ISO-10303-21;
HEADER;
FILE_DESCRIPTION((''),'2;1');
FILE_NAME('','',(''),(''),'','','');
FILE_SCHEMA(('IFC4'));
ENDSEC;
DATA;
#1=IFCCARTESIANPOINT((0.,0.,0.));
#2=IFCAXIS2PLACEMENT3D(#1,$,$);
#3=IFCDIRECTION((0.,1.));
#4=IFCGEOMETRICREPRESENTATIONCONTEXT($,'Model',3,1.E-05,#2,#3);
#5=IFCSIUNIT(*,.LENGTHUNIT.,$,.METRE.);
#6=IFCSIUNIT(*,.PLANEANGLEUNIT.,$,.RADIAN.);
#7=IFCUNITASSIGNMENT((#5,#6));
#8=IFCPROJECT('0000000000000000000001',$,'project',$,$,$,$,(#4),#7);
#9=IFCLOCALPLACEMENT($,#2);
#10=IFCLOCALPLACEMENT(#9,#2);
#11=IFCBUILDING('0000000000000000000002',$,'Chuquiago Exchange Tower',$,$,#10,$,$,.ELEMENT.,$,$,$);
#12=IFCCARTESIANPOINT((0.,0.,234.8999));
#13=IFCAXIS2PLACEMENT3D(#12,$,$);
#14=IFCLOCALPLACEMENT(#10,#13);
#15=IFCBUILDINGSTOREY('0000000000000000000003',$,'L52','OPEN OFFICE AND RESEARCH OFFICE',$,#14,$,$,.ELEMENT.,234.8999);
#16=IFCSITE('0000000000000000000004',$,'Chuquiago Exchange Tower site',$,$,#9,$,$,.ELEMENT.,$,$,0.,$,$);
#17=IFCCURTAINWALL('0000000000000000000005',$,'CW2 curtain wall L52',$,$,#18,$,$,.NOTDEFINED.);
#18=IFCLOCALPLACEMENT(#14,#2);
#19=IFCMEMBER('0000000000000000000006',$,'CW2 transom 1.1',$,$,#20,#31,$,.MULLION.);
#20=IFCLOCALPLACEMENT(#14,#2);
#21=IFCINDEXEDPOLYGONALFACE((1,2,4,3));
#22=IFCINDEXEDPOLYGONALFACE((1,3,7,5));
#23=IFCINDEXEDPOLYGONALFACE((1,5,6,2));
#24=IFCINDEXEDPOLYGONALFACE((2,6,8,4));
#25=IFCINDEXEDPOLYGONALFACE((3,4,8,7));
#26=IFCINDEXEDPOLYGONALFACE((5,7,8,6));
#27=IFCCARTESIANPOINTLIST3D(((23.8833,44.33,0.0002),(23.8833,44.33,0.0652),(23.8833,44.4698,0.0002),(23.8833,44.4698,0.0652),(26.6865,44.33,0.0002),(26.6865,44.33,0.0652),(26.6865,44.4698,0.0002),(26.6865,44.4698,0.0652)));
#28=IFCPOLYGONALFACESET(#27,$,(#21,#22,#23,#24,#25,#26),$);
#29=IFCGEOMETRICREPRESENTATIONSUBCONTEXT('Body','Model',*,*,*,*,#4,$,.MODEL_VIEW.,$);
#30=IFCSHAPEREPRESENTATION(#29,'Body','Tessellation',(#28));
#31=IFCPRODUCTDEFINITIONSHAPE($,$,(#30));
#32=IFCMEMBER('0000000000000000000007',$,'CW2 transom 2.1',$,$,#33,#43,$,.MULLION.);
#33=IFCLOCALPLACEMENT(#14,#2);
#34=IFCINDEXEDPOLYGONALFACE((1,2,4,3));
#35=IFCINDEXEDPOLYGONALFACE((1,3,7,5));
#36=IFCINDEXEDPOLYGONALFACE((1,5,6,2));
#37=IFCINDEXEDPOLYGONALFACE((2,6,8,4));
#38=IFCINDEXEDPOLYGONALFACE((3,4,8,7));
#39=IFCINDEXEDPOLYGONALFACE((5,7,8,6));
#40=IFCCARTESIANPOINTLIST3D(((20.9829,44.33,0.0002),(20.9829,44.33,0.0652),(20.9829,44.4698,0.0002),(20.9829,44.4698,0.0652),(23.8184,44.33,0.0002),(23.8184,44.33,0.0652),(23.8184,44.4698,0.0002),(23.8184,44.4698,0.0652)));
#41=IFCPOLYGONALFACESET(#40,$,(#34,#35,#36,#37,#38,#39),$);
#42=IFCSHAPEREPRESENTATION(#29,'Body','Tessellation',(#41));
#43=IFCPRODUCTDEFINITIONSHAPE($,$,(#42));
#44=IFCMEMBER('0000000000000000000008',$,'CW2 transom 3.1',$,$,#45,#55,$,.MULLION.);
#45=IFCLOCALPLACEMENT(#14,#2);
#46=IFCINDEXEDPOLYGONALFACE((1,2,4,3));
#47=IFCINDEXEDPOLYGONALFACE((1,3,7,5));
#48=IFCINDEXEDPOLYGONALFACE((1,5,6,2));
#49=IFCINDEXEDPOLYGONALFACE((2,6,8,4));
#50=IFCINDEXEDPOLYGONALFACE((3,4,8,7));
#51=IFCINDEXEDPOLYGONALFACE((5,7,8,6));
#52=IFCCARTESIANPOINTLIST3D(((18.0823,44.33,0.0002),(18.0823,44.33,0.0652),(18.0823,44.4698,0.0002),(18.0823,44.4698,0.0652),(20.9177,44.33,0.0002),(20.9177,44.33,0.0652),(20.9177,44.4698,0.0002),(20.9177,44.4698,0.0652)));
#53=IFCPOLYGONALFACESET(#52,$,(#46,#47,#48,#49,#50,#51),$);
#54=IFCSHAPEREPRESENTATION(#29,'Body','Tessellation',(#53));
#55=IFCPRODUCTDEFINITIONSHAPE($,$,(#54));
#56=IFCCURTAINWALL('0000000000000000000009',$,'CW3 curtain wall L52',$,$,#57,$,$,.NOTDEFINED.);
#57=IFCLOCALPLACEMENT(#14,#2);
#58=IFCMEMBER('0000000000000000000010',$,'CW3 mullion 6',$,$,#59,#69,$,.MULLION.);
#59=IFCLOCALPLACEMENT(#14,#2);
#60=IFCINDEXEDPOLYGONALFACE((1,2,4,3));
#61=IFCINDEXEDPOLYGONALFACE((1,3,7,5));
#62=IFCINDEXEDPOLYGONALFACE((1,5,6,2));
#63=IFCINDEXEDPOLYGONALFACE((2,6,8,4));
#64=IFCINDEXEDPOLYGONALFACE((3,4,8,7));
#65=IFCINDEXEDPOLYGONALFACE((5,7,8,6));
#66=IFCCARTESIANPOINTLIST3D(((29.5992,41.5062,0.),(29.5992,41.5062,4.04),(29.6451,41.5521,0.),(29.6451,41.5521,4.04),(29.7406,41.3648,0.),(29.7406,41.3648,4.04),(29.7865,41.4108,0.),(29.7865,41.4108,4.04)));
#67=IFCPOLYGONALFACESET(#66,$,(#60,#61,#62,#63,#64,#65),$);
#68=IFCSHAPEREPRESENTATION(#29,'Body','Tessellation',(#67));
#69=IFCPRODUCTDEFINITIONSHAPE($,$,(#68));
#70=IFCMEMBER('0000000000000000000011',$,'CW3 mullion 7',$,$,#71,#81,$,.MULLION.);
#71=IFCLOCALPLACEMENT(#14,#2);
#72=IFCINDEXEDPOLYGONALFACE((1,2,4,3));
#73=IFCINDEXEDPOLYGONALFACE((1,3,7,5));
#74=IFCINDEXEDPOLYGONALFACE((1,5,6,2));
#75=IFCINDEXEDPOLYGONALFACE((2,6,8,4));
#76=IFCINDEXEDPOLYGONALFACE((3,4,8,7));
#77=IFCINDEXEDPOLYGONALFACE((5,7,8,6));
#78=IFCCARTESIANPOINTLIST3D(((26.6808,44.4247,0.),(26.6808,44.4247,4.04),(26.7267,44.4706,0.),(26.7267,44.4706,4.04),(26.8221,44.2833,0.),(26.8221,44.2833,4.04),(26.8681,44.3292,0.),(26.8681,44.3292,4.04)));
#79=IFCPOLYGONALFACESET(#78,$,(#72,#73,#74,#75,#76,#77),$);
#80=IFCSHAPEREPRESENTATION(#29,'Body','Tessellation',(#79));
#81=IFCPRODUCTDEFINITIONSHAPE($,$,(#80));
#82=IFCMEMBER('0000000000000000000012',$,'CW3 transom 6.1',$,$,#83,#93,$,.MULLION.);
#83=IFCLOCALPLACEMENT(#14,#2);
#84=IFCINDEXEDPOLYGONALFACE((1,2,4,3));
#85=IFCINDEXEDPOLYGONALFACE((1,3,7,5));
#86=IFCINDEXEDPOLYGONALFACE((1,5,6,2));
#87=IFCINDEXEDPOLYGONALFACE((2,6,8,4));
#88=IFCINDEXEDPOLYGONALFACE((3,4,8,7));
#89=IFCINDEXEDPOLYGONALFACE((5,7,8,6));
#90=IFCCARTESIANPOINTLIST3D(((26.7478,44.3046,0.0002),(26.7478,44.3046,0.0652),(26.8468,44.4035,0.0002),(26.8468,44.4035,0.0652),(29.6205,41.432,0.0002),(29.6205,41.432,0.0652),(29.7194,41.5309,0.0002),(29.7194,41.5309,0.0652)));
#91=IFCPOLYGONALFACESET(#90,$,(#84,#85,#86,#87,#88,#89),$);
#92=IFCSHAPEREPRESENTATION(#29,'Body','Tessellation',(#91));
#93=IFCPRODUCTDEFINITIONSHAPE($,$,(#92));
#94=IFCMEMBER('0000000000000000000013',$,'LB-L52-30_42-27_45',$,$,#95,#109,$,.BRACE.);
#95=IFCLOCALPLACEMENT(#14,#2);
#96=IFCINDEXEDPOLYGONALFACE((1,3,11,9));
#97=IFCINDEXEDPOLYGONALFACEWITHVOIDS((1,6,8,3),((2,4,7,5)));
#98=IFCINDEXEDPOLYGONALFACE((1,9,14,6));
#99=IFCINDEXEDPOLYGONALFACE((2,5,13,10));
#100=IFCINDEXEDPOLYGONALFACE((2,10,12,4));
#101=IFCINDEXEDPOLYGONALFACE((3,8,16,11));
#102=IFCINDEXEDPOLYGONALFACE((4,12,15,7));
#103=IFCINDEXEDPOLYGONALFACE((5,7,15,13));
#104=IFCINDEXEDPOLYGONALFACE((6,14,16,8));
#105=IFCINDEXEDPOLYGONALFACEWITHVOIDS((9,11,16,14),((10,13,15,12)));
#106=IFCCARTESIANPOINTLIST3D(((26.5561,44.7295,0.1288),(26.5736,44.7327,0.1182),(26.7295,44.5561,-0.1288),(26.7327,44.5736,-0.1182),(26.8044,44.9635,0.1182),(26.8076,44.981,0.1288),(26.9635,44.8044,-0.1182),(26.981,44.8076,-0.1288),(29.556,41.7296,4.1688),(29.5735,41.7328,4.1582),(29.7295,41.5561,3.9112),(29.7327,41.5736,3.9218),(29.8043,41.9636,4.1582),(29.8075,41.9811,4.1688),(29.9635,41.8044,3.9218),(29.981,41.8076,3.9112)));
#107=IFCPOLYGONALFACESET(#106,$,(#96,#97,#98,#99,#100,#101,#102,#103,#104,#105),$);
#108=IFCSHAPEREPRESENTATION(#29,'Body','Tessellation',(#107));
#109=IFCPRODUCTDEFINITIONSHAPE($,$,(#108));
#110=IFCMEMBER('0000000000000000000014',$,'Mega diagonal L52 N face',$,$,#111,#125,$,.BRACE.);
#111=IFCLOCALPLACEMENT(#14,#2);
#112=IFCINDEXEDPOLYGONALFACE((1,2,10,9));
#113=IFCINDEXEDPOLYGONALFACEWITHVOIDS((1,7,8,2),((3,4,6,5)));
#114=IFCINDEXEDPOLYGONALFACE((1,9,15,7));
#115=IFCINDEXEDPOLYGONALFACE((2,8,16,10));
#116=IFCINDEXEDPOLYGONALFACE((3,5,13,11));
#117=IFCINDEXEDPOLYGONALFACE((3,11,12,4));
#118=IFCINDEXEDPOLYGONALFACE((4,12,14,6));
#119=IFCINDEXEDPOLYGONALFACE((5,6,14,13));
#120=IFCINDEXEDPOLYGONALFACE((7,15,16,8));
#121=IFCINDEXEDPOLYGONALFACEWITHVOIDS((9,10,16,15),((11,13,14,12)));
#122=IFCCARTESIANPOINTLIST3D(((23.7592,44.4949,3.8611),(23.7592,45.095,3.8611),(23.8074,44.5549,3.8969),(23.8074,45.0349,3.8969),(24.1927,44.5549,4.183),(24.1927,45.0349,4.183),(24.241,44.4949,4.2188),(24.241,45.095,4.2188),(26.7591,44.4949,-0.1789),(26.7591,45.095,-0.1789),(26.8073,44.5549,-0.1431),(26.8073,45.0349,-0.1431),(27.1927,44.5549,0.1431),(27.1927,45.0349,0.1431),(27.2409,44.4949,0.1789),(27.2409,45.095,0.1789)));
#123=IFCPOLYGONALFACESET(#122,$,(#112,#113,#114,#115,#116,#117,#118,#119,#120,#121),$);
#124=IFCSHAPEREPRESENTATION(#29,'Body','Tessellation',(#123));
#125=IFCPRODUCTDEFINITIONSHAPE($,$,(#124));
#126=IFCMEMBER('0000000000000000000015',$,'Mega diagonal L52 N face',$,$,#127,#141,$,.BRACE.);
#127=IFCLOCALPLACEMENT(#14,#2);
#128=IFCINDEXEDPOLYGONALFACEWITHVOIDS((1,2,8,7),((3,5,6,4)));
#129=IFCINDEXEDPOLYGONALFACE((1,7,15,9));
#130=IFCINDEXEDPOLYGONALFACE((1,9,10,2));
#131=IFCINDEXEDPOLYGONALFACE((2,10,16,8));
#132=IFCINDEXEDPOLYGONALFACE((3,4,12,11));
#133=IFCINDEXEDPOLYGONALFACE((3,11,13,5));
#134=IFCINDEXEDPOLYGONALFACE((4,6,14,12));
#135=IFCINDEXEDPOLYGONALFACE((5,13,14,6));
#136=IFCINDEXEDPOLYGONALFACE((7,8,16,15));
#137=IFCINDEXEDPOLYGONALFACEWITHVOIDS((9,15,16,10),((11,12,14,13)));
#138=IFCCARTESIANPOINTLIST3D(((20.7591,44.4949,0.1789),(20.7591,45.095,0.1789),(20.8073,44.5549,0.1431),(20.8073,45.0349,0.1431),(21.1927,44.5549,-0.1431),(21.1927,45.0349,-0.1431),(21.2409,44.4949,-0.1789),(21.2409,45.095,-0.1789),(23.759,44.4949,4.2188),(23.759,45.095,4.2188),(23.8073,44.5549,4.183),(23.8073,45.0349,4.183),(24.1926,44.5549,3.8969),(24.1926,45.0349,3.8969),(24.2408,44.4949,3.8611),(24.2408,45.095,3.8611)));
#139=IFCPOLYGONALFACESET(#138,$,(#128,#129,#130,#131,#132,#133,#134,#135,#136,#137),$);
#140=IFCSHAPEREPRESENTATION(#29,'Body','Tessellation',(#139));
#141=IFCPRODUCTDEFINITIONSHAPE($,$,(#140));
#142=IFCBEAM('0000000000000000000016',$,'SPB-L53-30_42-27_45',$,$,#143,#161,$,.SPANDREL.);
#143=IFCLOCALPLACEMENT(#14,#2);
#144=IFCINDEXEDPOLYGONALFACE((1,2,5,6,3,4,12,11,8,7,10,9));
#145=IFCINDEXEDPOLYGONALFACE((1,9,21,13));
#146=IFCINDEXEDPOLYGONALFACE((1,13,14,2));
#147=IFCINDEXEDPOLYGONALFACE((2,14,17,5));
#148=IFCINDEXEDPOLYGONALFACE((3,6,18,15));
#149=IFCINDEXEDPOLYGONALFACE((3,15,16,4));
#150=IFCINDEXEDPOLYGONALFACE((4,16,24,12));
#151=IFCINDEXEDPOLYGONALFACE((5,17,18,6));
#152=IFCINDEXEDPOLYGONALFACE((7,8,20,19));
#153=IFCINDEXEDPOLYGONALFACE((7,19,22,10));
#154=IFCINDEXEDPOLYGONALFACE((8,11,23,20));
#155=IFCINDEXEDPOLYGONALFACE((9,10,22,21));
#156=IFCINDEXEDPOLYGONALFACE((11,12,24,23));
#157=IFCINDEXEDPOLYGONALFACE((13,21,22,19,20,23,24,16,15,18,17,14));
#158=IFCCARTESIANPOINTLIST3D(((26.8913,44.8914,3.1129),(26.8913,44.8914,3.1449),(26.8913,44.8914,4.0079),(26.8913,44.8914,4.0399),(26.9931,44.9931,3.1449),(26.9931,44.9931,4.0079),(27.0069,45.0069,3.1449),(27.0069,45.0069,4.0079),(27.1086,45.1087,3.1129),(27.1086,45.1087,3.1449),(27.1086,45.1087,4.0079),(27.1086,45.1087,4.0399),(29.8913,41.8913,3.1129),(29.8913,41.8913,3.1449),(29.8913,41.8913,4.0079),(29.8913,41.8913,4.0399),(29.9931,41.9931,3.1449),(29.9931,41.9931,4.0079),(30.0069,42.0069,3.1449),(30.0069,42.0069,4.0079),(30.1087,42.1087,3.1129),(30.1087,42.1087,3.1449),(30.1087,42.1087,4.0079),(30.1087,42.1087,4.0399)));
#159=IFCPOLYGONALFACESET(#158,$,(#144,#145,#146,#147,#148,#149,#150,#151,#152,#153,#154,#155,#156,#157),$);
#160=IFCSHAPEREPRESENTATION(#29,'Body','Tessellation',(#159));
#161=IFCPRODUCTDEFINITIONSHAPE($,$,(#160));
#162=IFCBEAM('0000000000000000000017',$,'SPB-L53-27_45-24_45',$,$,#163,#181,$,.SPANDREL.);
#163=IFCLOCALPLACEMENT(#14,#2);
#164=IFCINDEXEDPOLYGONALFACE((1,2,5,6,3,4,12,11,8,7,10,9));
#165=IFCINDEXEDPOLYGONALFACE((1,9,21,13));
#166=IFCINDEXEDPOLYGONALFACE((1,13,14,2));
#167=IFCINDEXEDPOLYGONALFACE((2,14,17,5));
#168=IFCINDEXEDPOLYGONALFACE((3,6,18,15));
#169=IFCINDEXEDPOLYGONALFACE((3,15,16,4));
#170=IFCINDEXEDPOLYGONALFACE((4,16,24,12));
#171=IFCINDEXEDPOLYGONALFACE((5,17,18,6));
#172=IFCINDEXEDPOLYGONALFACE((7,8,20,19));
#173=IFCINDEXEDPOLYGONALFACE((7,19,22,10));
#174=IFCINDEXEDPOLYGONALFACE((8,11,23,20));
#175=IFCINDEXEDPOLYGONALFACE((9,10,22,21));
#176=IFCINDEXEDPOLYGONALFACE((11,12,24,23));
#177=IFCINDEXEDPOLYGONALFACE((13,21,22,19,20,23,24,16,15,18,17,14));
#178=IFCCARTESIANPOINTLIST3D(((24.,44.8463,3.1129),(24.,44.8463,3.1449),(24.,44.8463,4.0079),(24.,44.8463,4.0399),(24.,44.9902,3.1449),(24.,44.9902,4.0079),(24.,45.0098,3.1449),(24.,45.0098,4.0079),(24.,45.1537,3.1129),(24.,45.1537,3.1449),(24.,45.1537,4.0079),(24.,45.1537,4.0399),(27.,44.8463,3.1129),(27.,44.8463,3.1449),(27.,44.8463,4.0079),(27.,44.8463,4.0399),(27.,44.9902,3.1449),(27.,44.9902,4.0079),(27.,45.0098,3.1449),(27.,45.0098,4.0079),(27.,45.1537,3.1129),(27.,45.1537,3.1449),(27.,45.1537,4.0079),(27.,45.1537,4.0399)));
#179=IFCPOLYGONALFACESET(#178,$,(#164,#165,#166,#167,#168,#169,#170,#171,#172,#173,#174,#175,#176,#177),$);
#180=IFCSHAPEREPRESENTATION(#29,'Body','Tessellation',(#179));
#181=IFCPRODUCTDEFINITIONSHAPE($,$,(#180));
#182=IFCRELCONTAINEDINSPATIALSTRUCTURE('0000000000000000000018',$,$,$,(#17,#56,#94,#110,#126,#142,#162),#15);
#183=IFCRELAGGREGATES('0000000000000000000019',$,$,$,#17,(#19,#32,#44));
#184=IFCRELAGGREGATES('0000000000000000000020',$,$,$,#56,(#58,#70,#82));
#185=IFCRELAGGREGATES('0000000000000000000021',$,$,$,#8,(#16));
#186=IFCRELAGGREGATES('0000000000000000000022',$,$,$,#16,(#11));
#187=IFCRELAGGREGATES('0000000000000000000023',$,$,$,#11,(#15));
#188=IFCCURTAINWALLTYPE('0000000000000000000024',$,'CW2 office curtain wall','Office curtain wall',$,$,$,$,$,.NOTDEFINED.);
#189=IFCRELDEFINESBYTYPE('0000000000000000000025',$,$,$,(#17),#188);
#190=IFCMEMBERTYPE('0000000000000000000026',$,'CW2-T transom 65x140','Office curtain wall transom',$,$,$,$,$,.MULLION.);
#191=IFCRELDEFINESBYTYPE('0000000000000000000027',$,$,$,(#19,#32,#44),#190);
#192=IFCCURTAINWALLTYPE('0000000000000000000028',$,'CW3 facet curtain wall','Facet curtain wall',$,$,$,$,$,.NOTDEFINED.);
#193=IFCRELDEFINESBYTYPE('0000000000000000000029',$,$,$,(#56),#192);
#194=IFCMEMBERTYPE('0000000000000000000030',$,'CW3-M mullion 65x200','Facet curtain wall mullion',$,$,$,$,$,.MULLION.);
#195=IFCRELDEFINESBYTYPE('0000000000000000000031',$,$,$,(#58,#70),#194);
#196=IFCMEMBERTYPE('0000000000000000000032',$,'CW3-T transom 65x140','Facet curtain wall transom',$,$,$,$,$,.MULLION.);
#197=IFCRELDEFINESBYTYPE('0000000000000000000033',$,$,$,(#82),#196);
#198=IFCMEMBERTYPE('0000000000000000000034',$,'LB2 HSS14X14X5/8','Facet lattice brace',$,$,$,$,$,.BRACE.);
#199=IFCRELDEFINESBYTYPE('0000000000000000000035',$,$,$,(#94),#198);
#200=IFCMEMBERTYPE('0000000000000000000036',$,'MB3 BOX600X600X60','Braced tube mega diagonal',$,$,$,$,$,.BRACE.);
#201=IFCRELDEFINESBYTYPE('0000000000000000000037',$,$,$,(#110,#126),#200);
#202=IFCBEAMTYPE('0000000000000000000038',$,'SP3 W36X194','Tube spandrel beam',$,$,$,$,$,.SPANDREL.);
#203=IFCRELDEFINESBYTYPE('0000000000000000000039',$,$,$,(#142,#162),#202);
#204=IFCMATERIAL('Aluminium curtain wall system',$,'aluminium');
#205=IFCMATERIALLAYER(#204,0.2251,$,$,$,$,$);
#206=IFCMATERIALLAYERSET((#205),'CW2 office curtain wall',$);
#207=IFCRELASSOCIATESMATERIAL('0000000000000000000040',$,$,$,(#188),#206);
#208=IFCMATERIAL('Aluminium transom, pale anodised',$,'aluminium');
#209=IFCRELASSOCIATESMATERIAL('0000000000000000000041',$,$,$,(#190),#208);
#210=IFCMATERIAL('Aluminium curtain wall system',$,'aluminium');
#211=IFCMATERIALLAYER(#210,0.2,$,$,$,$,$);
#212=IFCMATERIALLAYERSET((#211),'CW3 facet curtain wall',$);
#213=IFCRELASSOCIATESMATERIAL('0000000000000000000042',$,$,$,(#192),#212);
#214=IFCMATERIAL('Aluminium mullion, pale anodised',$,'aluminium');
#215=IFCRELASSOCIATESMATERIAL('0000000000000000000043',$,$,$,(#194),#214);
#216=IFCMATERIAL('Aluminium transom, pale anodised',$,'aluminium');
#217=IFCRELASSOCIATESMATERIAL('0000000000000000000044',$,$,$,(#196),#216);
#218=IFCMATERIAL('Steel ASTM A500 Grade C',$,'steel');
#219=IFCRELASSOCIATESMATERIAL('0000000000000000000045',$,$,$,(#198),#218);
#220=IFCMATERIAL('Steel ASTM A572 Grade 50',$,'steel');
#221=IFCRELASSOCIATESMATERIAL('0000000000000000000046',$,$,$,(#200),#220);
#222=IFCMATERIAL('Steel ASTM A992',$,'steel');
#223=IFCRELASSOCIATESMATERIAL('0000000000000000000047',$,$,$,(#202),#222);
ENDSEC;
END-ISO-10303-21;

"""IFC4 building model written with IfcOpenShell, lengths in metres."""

from ifc_helpers import new_model, si_unit, direction, frame, origin, origin_2d, place, context, subcontext, project, spatial, rectangle, hollow_rectangle, i_section, extrude, material, layer, layer_set, material_profile, profile_set, type_object, element, aggregate, save


model = new_model("IFC4")

# Units and contexts
model_context = context("Model", 3, precision=1e-05, world=origin(), true_north=direction((0.0, 1.0)))
body_context = subcontext(model_context, "Body", "Model", "MODEL_VIEW")
ifc_project = project(units=[si_unit("LENGTHUNIT", "METRE"), si_unit("PLANEANGLEUNIT", "RADIAN")], contexts=[model_context])

# Site, building, storey
site_placement = place(None, origin())
site = spatial("IfcSite", under=ifc_project, at=site_placement, Name="Chuquiago Exchange Tower site", CompositionType="ELEMENT", RefElevation=0.0)
building_placement = place(site_placement, origin())
building = spatial("IfcBuilding", under=site, at=building_placement, Name="Chuquiago Exchange Tower", CompositionType="ELEMENT")
storey_placement = place(building_placement, frame((0.0, 0.0, 234.8999)))
storey = spatial("IfcBuildingStorey", under=building, at=storey_placement, Name="L52", Description="OPEN OFFICE AND RESEARCH OFFICE", CompositionType="ELEMENT", Elevation=234.8999)

# Curtain walls, members
ifc_material_1 = material(Name="Aluminium curtain wall system", Category="aluminium")
ifc_layer_1 = layer(ifc_material_1, 0.2251)
ifc_layer_set_1 = layer_set([ifc_layer_1], Name="CW2 office curtain wall")
curtain_wall_type_1 = type_object("IfcCurtainWallType", Name="CW2 office curtain wall", Description="Office curtain wall", PredefinedType="NOTDEFINED", material=ifc_layer_set_1)
curtain_wall_1_placement = place(storey_placement, origin())
curtain_wall_1 = element("IfcCurtainWall", 1, at=curtain_wall_1_placement, inside=storey, type_object=curtain_wall_type_1, Name="CW2 curtain wall L52", PredefinedType="NOTDEFINED")
ifc_material_2 = material(Name="Aluminium transom, pale anodised", Category="aluminium")
ifc_material_profile_1 = material_profile(ifc_material_2, rectangle(XDim=0.1399, YDim=0.0649, at=origin_2d()), Name="AL 140x65")
ifc_profile_set_1 = profile_set([ifc_material_profile_1], Name="Aluminium transom, pale anodised")
member_type_1 = type_object("IfcMemberType", Name="CW2-T transom 65x140", Description="Office curtain wall transom", PredefinedType="MULLION", material=ifc_profile_set_1)
member_1_placement = place(storey_placement, frame((26.6865, 44.3999, 0.0327), z_axis=(-1.0, 0.0, 0.0), x_axis=(0.0, -1.0, 0.0)))
member_1 = element("IfcMember", 2, at=member_1_placement, type_object=member_type_1, Name="CW2 transom 1.1", PredefinedType="MULLION", context=body_context, shape_type="SweptSolid", body=[
    extrude(rectangle(XDim=0.1399, YDim=0.0649, at=origin_2d()), origin(), (0.0, 0.0, 1.0), 2.8032),
])
member_2_placement = place(storey_placement, frame((23.8184, 44.3999, 0.0327), z_axis=(-1.0, 0.0, 0.0), x_axis=(0.0, -1.0, 0.0)))
member_2 = element("IfcMember", 3, at=member_2_placement, type_object=member_type_1, Name="CW2 transom 2.1", PredefinedType="MULLION", context=body_context, shape_type="SweptSolid", body=[
    extrude(rectangle(XDim=0.1399, YDim=0.0649, at=origin_2d()), origin(), (0.0, 0.0, 1.0), 2.8354),
])
member_3_placement = place(storey_placement, frame((20.9177, 44.3999, 0.0327), z_axis=(-1.0, 0.0, 0.0), x_axis=(0.0, -1.0, 0.0)))
member_3 = element("IfcMember", 4, at=member_3_placement, type_object=member_type_1, Name="CW2 transom 3.1", PredefinedType="MULLION", context=body_context, shape_type="SweptSolid", body=[
    extrude(rectangle(XDim=0.1399, YDim=0.0649, at=origin_2d()), origin(), (0.0, 0.0, 1.0), 2.8354),
])
ifc_material_3 = material(Name="Aluminium curtain wall system", Category="aluminium")
ifc_layer_2 = layer(ifc_material_3, 0.2)
ifc_layer_set_2 = layer_set([ifc_layer_2], Name="CW3 facet curtain wall")
curtain_wall_type_2 = type_object("IfcCurtainWallType", Name="CW3 facet curtain wall", Description="Facet curtain wall", PredefinedType="NOTDEFINED", material=ifc_layer_set_2)
curtain_wall_2_placement = place(storey_placement, origin())
curtain_wall_2 = element("IfcCurtainWall", 5, at=curtain_wall_2_placement, inside=storey, type_object=curtain_wall_type_2, Name="CW3 curtain wall L52", PredefinedType="NOTDEFINED")
ifc_material_4 = material(Name="Aluminium mullion, pale anodised", Category="aluminium")
ifc_material_profile_2 = material_profile(ifc_material_4, rectangle(XDim=0.0649, YDim=0.2, at=origin_2d()), Name="AL 65x200")
ifc_profile_set_2 = profile_set([ifc_material_profile_2], Name="Aluminium mullion, pale anodised")
member_type_2 = type_object("IfcMemberType", Name="CW3-M mullion 65x200", Description="Facet curtain wall mullion", PredefinedType="MULLION", material=ifc_profile_set_2)
member_4_placement = place(storey_placement, frame((29.6929, 41.4585, 0.0), z_axis=(0.0, 0.0, 1.0), x_axis=(-0.707107, -0.707107, 0.0)))
member_4 = element("IfcMember", 6, at=member_4_placement, type_object=member_type_2, Name="CW3 mullion 6", PredefinedType="MULLION", context=body_context, shape_type="SweptSolid", body=[
    extrude(rectangle(XDim=0.0649, YDim=0.2, at=origin_2d()), origin(), (0.0, 0.0, 1.0), 4.04),
])
member_5_placement = place(storey_placement, frame((26.7744, 44.377, 0.0), z_axis=(0.0, 0.0, 1.0), x_axis=(-0.707107, -0.707107, 0.0)))
member_5 = element("IfcMember", 7, at=member_5_placement, type_object=member_type_2, Name="CW3 mullion 7", PredefinedType="MULLION", context=body_context, shape_type="SweptSolid", body=[
    extrude(rectangle(XDim=0.0649, YDim=0.2, at=origin_2d()), origin(), (0.0, 0.0, 1.0), 4.04),
])
ifc_material_5 = material(Name="Aluminium transom, pale anodised", Category="aluminium")
ifc_material_profile_3 = material_profile(ifc_material_5, rectangle(XDim=0.1399, YDim=0.0649, at=origin_2d()), Name="AL 140x65")
ifc_profile_set_3 = profile_set([ifc_material_profile_3], Name="Aluminium transom, pale anodised")
member_type_3 = type_object("IfcMemberType", Name="CW3-T transom 65x140", Description="Facet curtain wall transom", PredefinedType="MULLION", material=ifc_profile_set_3)
member_6_placement = place(storey_placement, frame((29.6699, 41.4814, 0.0327), z_axis=(-0.707107, 0.707107, 0.0), x_axis=(-0.707107, -0.707107, 0.0)))
member_6 = element("IfcMember", 8, at=member_6_placement, type_object=member_type_3, Name="CW3 transom 6.1", PredefinedType="MULLION", context=body_context, shape_type="SweptSolid", body=[
    extrude(rectangle(XDim=0.1399, YDim=0.0649, at=origin_2d()), origin(), (0.0, 0.0, 1.0), 4.0625),
])

# Members
ifc_material_6 = material(Name="Steel ASTM A500 Grade C", Category="steel")
ifc_material_profile_4 = material_profile(ifc_material_6, hollow_rectangle(XDim=0.3557, YDim=0.3557, WallThickness=0.0146, at=origin_2d()), Name="HSS14X14X5/8")
ifc_profile_set_4 = profile_set([ifc_material_profile_4], Name="Steel ASTM A500 Grade C")
member_type_4 = type_object("IfcMemberType", Name="LB2 HSS14X14X5/8", Description="Facet lattice brace", PredefinedType="BRACE", material=ifc_profile_set_4)
member_7_placement = place(storey_placement, frame((26.7686, 44.7686, 0.0), z_axis=(0.512077, -0.512077, 0.689604), x_axis=(0.707107, 0.707107, 0.0)))
element("IfcMember", 9, at=member_7_placement, inside=storey, type_object=member_type_4, Name="LB-L52-30_42-27_45", PredefinedType="BRACE", context=body_context, shape_type="SweptSolid", body=[
    extrude(hollow_rectangle(XDim=0.3557, YDim=0.3557, WallThickness=0.0146, at=origin_2d()), origin(), (0.0, 0.0, 1.0), 5.8584),
])
ifc_material_7 = material(Name="Steel ASTM A572 Grade 50", Category="steel")
ifc_material_profile_5 = material_profile(ifc_material_7, hollow_rectangle(XDim=0.6001, YDim=0.6001, WallThickness=0.0601, at=origin_2d()), Name="BOX600X600X60")
ifc_profile_set_5 = profile_set([ifc_material_profile_5], Name="Steel ASTM A572 Grade 50")
member_type_5 = type_object("IfcMemberType", Name="MB3 BOX600X600X60", Description="Braced tube mega diagonal", PredefinedType="BRACE", material=ifc_profile_set_5)
for number, where, z_axis, x_axis, name in (
    (10, (27.0, 44.7949, 0.0), (-0.596174, 0.0, 0.802855), (0.0, -1.0, 0.0), "Mega diagonal L52 N face"),
    (11, (21.0, 44.7949, 0.0), (0.596174, 0.0, 0.802855), (0.0, 1.0, 0.0), "Mega diagonal L52 N face"),
):
    element("IfcMember", number, at=place(storey_placement, frame(where, z_axis=z_axis, x_axis=x_axis)), inside=storey, type_object=member_type_5, Name=name, PredefinedType="BRACE", context=body_context, shape_type="SweptSolid", body=[
        extrude(hollow_rectangle(XDim=0.6001, YDim=0.6001, WallThickness=0.0601, at=origin_2d()), origin(), (0.0, 0.0, 1.0), 5.032),
    ])

# Beams
ifc_material_8 = material(Name="Steel ASTM A992", Category="steel")
ifc_material_profile_6 = material_profile(ifc_material_8, i_section(OverallWidth=0.3074, OverallDepth=0.927, WebThickness=0.0195, FlangeThickness=0.032, at=origin_2d()), Name="W36X194")
ifc_profile_set_6 = profile_set([ifc_material_profile_6], Name="Steel ASTM A992")
beam_type_1 = type_object("IfcBeamType", Name="SP3 W36X194", Description="Tube spandrel beam", PredefinedType="SPANDREL", material=ifc_profile_set_6)
beam_1_placement = place(storey_placement, frame((30.0, 42.0, 3.5764), z_axis=(-0.707107, 0.707107, 0.0), x_axis=(-0.707107, -0.707107, 0.0)))
element("IfcBeam", 12, at=beam_1_placement, inside=storey, type_object=beam_type_1, Name="SPB-L53-30_42-27_45", PredefinedType="SPANDREL", context=body_context, shape_type="SweptSolid", body=[
    extrude(i_section(OverallWidth=0.3074, OverallDepth=0.927, WebThickness=0.0195, FlangeThickness=0.032, at=origin_2d()), origin(), (0.0, 0.0, 1.0), 4.2427),
])
for number, where, z_axis, x_axis, name in (
    (13, (27.0, 45.0, 3.5764), (-1.0, 0.0, 0.0), (0.0, -1.0, 0.0), "SPB-L53-27_45-24_45"),
):
    element("IfcBeam", number, at=place(storey_placement, frame(where, z_axis=z_axis, x_axis=x_axis)), inside=storey, type_object=beam_type_1, Name=name, PredefinedType="SPANDREL", context=body_context, shape_type="SweptSolid", body=[
        extrude(i_section(OverallWidth=0.3074, OverallDepth=0.927, WebThickness=0.0195, FlangeThickness=0.032, at=origin_2d()), origin(), (0.0, 0.0, 1.0), 3.0),
    ])

aggregate(curtain_wall_1, [member_1, member_2, member_3])
aggregate(curtain_wall_2, [member_4, member_5, member_6])

save(model, "model.ifc")
